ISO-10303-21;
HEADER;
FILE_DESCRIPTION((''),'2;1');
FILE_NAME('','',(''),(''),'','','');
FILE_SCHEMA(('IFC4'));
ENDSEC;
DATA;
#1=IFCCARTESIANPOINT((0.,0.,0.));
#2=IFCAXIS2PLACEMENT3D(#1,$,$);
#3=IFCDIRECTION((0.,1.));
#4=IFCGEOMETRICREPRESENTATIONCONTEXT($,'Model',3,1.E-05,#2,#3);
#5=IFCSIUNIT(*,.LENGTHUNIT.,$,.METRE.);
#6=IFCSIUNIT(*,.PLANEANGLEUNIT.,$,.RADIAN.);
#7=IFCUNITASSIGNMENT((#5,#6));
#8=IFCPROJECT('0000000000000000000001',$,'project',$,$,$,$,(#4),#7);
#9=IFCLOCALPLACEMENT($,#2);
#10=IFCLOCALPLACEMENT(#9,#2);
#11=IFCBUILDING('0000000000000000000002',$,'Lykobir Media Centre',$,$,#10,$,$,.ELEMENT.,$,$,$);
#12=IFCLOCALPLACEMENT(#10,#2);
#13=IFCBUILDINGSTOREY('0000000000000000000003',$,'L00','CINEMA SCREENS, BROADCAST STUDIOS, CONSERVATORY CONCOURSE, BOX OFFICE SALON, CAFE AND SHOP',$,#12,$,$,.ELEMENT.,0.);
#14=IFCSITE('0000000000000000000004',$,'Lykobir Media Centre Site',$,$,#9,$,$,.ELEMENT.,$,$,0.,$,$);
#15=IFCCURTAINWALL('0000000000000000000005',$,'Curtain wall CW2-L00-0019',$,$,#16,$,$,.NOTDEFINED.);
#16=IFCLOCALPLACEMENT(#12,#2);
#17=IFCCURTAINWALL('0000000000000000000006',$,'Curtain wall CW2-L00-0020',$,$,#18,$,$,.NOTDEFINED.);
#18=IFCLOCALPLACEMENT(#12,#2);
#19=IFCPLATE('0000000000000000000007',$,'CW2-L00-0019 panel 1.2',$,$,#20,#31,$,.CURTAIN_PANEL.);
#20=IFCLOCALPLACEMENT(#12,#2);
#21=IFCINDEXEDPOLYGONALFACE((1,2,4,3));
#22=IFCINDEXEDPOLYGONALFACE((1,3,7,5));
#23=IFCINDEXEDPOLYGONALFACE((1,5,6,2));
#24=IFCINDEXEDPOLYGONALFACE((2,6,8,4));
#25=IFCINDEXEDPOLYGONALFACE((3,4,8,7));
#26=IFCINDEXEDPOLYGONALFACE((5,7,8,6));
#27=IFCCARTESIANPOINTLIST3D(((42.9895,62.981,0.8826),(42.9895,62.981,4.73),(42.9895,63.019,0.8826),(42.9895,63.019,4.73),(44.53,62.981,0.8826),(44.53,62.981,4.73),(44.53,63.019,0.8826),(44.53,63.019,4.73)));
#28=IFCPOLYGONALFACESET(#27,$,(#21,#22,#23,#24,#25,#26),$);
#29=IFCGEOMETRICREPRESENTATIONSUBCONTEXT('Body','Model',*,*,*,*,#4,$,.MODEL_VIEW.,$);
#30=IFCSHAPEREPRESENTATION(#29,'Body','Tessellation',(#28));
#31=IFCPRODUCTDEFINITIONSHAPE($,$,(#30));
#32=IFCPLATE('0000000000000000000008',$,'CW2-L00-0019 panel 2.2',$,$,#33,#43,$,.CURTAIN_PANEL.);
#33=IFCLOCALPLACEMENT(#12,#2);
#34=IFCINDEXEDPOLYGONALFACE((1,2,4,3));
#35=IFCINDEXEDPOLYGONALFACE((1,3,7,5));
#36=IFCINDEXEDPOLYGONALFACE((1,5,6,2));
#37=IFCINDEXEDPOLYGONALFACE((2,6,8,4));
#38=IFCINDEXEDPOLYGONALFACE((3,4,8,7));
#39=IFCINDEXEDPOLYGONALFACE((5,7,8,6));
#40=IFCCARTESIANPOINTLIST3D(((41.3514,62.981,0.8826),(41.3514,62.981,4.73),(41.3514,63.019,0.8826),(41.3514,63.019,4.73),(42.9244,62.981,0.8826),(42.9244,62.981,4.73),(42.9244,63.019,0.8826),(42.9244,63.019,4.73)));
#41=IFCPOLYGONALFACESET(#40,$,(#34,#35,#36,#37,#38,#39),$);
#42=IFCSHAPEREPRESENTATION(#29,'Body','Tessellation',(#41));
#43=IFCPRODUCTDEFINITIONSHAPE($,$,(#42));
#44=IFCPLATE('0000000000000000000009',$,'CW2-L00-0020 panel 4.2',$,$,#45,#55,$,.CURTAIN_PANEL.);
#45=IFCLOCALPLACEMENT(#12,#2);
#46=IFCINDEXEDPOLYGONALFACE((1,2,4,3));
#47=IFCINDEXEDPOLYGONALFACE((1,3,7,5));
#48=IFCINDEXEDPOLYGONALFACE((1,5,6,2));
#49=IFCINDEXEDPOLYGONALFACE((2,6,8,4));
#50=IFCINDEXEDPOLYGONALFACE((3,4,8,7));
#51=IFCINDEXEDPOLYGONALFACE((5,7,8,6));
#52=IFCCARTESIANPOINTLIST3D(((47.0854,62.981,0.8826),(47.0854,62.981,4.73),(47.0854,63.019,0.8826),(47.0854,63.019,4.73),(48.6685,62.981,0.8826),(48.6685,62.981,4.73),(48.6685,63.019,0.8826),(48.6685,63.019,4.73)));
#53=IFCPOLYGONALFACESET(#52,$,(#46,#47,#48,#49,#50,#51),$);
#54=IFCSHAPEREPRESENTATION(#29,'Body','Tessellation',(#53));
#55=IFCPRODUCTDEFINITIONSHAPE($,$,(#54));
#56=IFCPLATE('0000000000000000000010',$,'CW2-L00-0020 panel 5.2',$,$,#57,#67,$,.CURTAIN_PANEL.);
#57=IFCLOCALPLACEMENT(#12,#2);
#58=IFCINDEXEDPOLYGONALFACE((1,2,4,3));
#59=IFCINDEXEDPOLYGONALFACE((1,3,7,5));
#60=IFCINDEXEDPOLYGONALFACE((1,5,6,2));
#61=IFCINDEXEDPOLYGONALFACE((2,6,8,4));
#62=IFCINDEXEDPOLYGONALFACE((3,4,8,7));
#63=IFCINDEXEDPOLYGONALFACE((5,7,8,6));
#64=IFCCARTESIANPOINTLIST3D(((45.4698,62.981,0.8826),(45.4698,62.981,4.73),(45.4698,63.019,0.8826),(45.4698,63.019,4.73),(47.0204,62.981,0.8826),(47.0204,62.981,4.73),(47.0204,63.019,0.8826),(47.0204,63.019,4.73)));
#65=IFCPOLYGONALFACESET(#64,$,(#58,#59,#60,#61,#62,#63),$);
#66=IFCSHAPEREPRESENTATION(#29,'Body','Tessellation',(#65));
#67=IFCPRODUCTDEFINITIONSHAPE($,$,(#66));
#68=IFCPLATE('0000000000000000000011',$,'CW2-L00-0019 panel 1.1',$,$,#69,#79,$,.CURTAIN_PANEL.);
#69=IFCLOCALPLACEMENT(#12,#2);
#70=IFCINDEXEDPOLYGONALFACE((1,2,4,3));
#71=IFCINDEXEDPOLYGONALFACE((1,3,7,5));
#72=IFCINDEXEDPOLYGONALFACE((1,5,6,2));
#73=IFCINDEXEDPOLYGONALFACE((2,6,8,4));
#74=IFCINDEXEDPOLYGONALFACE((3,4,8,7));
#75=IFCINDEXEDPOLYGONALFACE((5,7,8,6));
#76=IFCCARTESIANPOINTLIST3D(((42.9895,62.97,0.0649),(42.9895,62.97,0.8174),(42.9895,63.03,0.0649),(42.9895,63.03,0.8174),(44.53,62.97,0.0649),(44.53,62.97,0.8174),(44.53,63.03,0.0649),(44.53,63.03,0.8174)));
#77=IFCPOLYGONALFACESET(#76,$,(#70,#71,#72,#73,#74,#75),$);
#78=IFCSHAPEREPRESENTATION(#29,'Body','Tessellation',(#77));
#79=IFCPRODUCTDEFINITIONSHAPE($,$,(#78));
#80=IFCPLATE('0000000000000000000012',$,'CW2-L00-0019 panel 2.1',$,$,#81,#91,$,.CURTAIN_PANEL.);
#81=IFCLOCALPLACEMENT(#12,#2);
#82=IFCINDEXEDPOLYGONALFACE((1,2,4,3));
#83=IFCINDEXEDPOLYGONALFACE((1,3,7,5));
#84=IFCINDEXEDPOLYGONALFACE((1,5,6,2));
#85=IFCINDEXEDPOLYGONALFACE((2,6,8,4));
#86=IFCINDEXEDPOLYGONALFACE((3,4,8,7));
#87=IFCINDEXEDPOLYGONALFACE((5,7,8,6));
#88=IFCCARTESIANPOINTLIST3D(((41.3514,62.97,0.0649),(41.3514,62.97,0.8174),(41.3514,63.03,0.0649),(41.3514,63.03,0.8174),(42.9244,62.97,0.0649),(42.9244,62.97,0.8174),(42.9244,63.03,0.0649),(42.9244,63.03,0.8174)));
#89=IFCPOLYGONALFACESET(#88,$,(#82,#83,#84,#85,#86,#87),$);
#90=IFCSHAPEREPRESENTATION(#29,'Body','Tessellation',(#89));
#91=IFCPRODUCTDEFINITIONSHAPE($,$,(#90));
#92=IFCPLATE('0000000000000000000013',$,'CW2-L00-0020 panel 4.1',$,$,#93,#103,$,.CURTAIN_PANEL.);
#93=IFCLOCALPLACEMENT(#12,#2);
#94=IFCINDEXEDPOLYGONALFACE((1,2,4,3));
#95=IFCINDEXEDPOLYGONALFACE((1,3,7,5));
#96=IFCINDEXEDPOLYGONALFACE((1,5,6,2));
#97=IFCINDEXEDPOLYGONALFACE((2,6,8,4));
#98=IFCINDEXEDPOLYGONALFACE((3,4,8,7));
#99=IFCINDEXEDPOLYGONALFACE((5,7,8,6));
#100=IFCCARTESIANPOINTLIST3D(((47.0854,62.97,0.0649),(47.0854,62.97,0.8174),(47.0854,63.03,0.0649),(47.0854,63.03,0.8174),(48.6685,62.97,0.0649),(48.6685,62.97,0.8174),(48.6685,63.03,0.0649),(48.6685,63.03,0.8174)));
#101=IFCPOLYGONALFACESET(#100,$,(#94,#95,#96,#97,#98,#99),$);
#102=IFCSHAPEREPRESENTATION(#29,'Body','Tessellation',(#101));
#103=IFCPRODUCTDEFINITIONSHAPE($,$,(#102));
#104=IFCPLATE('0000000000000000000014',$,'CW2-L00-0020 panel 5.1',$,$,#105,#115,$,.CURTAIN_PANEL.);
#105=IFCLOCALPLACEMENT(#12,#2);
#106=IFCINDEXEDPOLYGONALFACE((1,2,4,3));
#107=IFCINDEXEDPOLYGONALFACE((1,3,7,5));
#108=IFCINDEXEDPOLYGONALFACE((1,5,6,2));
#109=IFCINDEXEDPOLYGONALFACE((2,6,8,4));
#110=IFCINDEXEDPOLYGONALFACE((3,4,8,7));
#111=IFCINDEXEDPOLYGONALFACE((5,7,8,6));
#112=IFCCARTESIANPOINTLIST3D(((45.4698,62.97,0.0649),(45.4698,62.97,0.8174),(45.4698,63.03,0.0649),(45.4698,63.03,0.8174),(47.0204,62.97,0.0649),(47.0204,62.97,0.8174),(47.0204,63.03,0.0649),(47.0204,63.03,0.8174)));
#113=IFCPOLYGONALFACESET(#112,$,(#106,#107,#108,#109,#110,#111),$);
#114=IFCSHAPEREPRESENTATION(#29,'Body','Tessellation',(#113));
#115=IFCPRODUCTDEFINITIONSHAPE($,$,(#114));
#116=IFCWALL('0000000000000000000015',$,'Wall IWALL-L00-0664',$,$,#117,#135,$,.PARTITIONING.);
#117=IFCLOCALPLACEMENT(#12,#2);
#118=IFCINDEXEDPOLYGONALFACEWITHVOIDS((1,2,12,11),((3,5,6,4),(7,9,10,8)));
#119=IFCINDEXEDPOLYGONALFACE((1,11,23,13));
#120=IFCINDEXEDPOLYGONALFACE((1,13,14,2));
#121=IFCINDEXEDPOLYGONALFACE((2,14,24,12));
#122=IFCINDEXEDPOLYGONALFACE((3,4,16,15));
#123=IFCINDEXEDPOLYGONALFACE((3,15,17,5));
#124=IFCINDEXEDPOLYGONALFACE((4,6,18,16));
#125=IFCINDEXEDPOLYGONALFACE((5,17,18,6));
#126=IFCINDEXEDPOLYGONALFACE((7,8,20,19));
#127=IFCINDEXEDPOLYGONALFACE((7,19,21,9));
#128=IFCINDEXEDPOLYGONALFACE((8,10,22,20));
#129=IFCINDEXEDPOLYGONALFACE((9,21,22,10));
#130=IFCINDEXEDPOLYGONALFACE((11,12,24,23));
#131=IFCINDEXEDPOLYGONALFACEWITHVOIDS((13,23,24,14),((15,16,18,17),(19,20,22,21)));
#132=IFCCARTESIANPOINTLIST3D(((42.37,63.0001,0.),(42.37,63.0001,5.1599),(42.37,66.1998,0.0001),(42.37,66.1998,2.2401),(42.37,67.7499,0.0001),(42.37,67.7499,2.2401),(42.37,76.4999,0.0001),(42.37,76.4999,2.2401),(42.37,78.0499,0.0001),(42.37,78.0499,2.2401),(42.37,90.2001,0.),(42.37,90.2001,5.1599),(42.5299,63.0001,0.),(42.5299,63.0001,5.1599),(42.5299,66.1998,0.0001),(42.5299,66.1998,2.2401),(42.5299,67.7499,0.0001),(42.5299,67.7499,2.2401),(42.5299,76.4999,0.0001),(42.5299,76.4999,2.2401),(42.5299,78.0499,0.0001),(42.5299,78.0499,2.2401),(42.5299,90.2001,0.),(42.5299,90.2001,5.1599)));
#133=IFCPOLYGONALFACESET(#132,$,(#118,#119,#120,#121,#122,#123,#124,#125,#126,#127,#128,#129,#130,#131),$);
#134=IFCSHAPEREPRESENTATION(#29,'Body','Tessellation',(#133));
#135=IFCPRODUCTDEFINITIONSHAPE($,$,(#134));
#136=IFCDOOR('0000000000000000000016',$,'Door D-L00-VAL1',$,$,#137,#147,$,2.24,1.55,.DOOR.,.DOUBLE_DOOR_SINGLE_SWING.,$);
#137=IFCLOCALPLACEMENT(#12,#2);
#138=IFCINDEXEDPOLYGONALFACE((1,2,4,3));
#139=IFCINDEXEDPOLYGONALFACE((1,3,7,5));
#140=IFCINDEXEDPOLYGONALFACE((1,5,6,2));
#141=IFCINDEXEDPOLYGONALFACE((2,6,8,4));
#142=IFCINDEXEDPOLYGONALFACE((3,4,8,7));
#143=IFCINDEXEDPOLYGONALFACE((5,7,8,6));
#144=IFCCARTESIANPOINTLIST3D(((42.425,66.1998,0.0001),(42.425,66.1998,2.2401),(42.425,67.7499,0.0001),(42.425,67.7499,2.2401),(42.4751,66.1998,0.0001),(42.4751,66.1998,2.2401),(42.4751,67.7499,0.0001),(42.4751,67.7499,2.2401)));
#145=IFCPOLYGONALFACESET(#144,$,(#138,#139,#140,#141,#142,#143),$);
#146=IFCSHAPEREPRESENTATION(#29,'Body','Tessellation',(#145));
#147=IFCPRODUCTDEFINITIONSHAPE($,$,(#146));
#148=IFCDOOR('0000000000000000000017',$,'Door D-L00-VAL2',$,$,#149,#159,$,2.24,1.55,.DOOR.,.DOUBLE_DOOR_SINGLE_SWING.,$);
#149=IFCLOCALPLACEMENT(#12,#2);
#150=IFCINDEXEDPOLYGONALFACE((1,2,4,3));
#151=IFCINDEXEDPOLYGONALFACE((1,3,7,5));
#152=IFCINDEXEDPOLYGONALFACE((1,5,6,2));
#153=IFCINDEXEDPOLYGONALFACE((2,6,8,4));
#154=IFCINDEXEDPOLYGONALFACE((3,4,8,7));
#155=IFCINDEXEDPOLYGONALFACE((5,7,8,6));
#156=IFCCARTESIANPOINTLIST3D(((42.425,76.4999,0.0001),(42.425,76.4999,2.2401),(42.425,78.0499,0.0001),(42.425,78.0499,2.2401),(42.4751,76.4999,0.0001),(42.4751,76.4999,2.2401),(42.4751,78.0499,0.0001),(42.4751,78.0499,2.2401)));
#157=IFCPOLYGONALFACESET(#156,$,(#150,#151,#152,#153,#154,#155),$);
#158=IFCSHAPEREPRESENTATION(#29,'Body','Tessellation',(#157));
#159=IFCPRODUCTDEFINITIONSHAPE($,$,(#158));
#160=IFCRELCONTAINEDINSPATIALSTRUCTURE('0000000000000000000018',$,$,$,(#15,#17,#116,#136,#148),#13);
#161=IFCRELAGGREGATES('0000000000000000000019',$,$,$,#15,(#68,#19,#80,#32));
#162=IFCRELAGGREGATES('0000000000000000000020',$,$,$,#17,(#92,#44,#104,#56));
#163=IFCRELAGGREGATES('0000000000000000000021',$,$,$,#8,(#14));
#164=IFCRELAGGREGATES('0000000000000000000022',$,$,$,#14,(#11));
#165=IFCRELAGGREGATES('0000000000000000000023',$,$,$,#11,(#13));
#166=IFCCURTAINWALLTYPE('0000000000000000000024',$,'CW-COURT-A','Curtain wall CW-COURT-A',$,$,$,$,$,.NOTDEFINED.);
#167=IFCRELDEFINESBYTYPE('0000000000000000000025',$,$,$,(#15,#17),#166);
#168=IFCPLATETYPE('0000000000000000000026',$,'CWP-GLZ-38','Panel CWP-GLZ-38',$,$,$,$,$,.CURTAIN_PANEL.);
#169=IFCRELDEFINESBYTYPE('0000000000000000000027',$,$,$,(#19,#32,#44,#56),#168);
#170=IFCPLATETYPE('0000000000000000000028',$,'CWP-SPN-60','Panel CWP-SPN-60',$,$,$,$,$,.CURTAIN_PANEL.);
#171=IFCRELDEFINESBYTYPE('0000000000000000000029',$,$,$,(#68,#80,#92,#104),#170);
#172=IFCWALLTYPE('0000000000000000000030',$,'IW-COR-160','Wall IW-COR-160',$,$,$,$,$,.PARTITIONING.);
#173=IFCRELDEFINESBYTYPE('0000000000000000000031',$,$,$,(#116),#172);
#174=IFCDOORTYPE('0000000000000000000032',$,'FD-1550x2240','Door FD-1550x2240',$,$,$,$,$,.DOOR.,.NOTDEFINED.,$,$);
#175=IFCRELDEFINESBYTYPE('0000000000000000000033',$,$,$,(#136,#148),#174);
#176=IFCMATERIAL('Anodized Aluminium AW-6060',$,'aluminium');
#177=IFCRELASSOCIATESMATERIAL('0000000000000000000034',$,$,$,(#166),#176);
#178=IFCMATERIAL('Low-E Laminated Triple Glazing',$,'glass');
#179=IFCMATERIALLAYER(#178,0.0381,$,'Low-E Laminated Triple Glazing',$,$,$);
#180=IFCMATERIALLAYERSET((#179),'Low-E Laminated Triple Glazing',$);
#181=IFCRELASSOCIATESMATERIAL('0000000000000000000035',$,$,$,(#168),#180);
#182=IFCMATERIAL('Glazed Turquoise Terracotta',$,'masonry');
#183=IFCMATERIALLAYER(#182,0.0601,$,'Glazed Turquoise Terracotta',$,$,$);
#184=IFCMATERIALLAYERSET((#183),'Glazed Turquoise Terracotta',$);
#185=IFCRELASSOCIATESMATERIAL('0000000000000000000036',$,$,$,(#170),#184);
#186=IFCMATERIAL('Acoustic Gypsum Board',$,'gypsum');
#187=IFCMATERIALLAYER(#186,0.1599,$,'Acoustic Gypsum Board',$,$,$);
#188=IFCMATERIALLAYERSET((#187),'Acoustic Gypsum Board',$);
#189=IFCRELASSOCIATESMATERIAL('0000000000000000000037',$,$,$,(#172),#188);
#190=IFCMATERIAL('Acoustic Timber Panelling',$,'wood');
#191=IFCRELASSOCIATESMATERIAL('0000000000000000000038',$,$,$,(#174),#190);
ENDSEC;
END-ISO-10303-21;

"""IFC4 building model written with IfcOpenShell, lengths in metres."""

from ifc_helpers import new_model, si_unit, direction, frame, frame_2d, origin, origin_2d, place, context, subcontext, project, spatial, rectangle, extrude, material, layer, layer_set, type_object, element, fill, aggregate, save


model = new_model("IFC4")

# Units and contexts
model_context = context("Model", 3, precision=1e-05, world=origin(), true_north=direction((0.0, 1.0)))
body_context = subcontext(model_context, "Body", "Model", "MODEL_VIEW")
ifc_project = project(units=[si_unit("LENGTHUNIT", "METRE"), si_unit("PLANEANGLEUNIT", "RADIAN")], contexts=[model_context])

# Site, building, storey
site_placement = place(None, origin())
site = spatial("IfcSite", under=ifc_project, at=site_placement, Name="Lykobir Media Centre Site", CompositionType="ELEMENT", RefElevation=0.0)
building_placement = place(site_placement, origin())
building = spatial("IfcBuilding", under=site, at=building_placement, Name="Lykobir Media Centre", CompositionType="ELEMENT")
storey_placement = place(building_placement, origin())
storey = spatial("IfcBuildingStorey", under=building, at=storey_placement, Name="L00", Description="CINEMA SCREENS, BROADCAST STUDIOS, CONSERVATORY CONCOURSE, BOX OFFICE SALON, CAFE AND SHOP", CompositionType="ELEMENT", Elevation=0.0)

# Curtain walls
ifc_material_1 = material(Name="Anodized Aluminium AW-6060", Category="aluminium")
curtain_wall_type = type_object("IfcCurtainWallType", Name="CW-COURT-A", Description="Curtain wall CW-COURT-A", PredefinedType="NOTDEFINED", material=ifc_material_1)
curtain_wall_1_placement = place(storey_placement, origin())
curtain_wall_1 = element("IfcCurtainWall", 1, at=curtain_wall_1_placement, inside=storey, type_object=curtain_wall_type, Name="Curtain wall CW2-L00-0019", PredefinedType="NOTDEFINED")
curtain_wall_2_placement = place(storey_placement, origin())
curtain_wall_2 = element("IfcCurtainWall", 2, at=curtain_wall_2_placement, inside=storey, type_object=curtain_wall_type, Name="Curtain wall CW2-L00-0020", PredefinedType="NOTDEFINED")

# Plates
ifc_material_2 = material(Name="Low-E Laminated Triple Glazing", Category="glass")
ifc_layer_1 = layer(ifc_material_2, 0.0381, Name="Low-E Laminated Triple Glazing")
ifc_layer_set_1 = layer_set([ifc_layer_1], Name="Low-E Laminated Triple Glazing")
plate_type_1 = type_object("IfcPlateType", Name="CWP-GLZ-38", Description="Panel CWP-GLZ-38", PredefinedType="CURTAIN_PANEL", material=ifc_layer_set_1)
plate_1_placement = place(storey_placement, frame((43.7598, 63.0, 0.8826), z_axis=(0.0, 0.0, 1.0), x_axis=(-1.0, 0.0, 0.0)))
plate_1 = element("IfcPlate", 3, at=plate_1_placement, type_object=plate_type_1, Name="CW2-L00-0019 panel 1.2", PredefinedType="CURTAIN_PANEL", context=body_context, shape_type="SweptSolid", body=[
    extrude(rectangle(XDim=1.5405, YDim=0.0381, at=origin_2d()), origin(), (0.0, 0.0, 1.0), 3.8474),
])
plate_2_placement = place(storey_placement, frame((42.1379, 63.0, 0.8826), z_axis=(0.0, 0.0, 1.0), x_axis=(-1.0, 0.0, 0.0)))
plate_2 = element("IfcPlate", 4, at=plate_2_placement, type_object=plate_type_1, Name="CW2-L00-0019 panel 2.2", PredefinedType="CURTAIN_PANEL", context=body_context, shape_type="SweptSolid", body=[
    extrude(rectangle(XDim=1.573, YDim=0.0381, at=origin_2d()), origin(), (0.0, 0.0, 1.0), 3.8474),
])
plate_3_placement = place(storey_placement, frame((47.877, 63.0, 0.8826), z_axis=(0.0, 0.0, 1.0), x_axis=(-1.0, 0.0, 0.0)))
plate_3 = element("IfcPlate", 5, at=plate_3_placement, type_object=plate_type_1, Name="CW2-L00-0020 panel 4.2", PredefinedType="CURTAIN_PANEL", context=body_context, shape_type="SweptSolid", body=[
    extrude(rectangle(XDim=1.583, YDim=0.0381, at=origin_2d()), origin(), (0.0, 0.0, 1.0), 3.8474),
])
plate_4_placement = place(storey_placement, frame((46.2451, 63.0, 0.8826), z_axis=(0.0, 0.0, 1.0), x_axis=(-1.0, 0.0, 0.0)))
plate_4 = element("IfcPlate", 6, at=plate_4_placement, type_object=plate_type_1, Name="CW2-L00-0020 panel 5.2", PredefinedType="CURTAIN_PANEL", context=body_context, shape_type="SweptSolid", body=[
    extrude(rectangle(XDim=1.5505, YDim=0.0381, at=origin_2d()), origin(), (0.0, 0.0, 1.0), 3.8474),
])
ifc_material_3 = material(Name="Glazed Turquoise Terracotta", Category="masonry")
ifc_layer_2 = layer(ifc_material_3, 0.0601, Name="Glazed Turquoise Terracotta")
ifc_layer_set_2 = layer_set([ifc_layer_2], Name="Glazed Turquoise Terracotta")
plate_type_2 = type_object("IfcPlateType", Name="CWP-SPN-60", Description="Panel CWP-SPN-60", PredefinedType="CURTAIN_PANEL", material=ifc_layer_set_2)
plate_5_placement = place(storey_placement, frame((43.7598, 63.0, 0.0649), z_axis=(0.0, 0.0, 1.0), x_axis=(-1.0, 0.0, 0.0)))
plate_5 = element("IfcPlate", 7, at=plate_5_placement, type_object=plate_type_2, Name="CW2-L00-0019 panel 1.1", PredefinedType="CURTAIN_PANEL", context=body_context, shape_type="SweptSolid", body=[
    extrude(rectangle(XDim=1.5405, YDim=0.0601, at=origin_2d()), origin(), (0.0, 0.0, 1.0), 0.7524),
])
plate_6_placement = place(storey_placement, frame((42.1379, 63.0, 0.0649), z_axis=(0.0, 0.0, 1.0), x_axis=(-1.0, 0.0, 0.0)))
plate_6 = element("IfcPlate", 8, at=plate_6_placement, type_object=plate_type_2, Name="CW2-L00-0019 panel 2.1", PredefinedType="CURTAIN_PANEL", context=body_context, shape_type="SweptSolid", body=[
    extrude(rectangle(XDim=1.573, YDim=0.0601, at=origin_2d()), origin(), (0.0, 0.0, 1.0), 0.7524),
])
aggregate(curtain_wall_1, [plate_5, plate_1, plate_6, plate_2])
plate_7_placement = place(storey_placement, frame((47.877, 63.0, 0.0649), z_axis=(0.0, 0.0, 1.0), x_axis=(-1.0, 0.0, 0.0)))
plate_7 = element("IfcPlate", 9, at=plate_7_placement, type_object=plate_type_2, Name="CW2-L00-0020 panel 4.1", PredefinedType="CURTAIN_PANEL", context=body_context, shape_type="SweptSolid", body=[
    extrude(rectangle(XDim=1.583, YDim=0.0601, at=origin_2d()), origin(), (0.0, 0.0, 1.0), 0.7524),
])
plate_8_placement = place(storey_placement, frame((46.2451, 63.0, 0.0649), z_axis=(0.0, 0.0, 1.0), x_axis=(-1.0, 0.0, 0.0)))
plate_8 = element("IfcPlate", 10, at=plate_8_placement, type_object=plate_type_2, Name="CW2-L00-0020 panel 5.1", PredefinedType="CURTAIN_PANEL", context=body_context, shape_type="SweptSolid", body=[
    extrude(rectangle(XDim=1.5505, YDim=0.0601, at=origin_2d()), origin(), (0.0, 0.0, 1.0), 0.7524),
])
aggregate(curtain_wall_2, [plate_7, plate_3, plate_8, plate_4])

# Wall, openings, doors
ifc_material_4 = material(Name="Acoustic Gypsum Board", Category="gypsum")
ifc_layer_3 = layer(ifc_material_4, 0.1599, Name="Acoustic Gypsum Board")
ifc_layer_set_3 = layer_set([ifc_layer_3], Name="Acoustic Gypsum Board")
wall_type = type_object("IfcWallType", Name="IW-COR-160", Description="Wall IW-COR-160", PredefinedType="PARTITIONING", material=ifc_layer_set_3)
wall_placement = place(storey_placement, frame((42.45, 63.0, 0.0), z_axis=(0.0, 0.0, 1.0), x_axis=(0.0, 1.0, 0.0)))
wall = element("IfcWall", 11, at=wall_placement, inside=storey, type_object=wall_type, Name="Wall IWALL-L00-0664", PredefinedType="PARTITIONING", context=body_context, shape_type="SweptSolid", body=[
    extrude(rectangle(XDim=27.2, YDim=0.1599, at=frame_2d((13.6001, 0.0))), origin(), (0.0, 0.0, 1.0), 5.1599),
])
opening_1_placement = place(wall_placement, frame((3.2, 0.0, 0.0)))
opening_1 = element("IfcOpeningElement", 12, at=opening_1_placement, cuts=wall, PredefinedType="OPENING", context=body_context, shape_type="SweptSolid", body=[
    extrude(rectangle(XDim=1.55, YDim=2.24, at=frame_2d((0.7749, 1.1201))), frame((0.0, 0.0898, 0.0), z_axis=(0.0, -1.0, 0.0), x_axis=(1.0, 0.0, 0.0)), (0.0, 0.0, 1.0), 0.1799),
])
opening_2_placement = place(wall_placement, frame((13.5, 0.0, 0.0)))
opening_2 = element("IfcOpeningElement", 13, at=opening_2_placement, cuts=wall, PredefinedType="OPENING", context=body_context, shape_type="SweptSolid", body=[
    extrude(rectangle(XDim=1.55, YDim=2.24, at=frame_2d((0.7749, 1.1201))), frame((0.0, 0.0898, 0.0), z_axis=(0.0, -1.0, 0.0), x_axis=(1.0, 0.0, 0.0)), (0.0, 0.0, 1.0), 0.1799),
])
ifc_material_5 = material(Name="Acoustic Timber Panelling", Category="wood")
door_type = type_object("IfcDoorType", Name="FD-1550x2240", Description="Door FD-1550x2240", OperationType="NOTDEFINED", PredefinedType="DOOR", material=ifc_material_5)
door_1_placement = place(opening_1_placement, origin())
door_1 = element("IfcDoor", 14, at=door_1_placement, inside=storey, type_object=door_type, Name="Door D-L00-VAL1", OperationType="DOUBLE_DOOR_SINGLE_SWING", OverallHeight=2.24, OverallWidth=1.55, PredefinedType="DOOR", context=body_context, shape_type="SweptSolid", body=[
    extrude(rectangle(XDim=1.55, YDim=2.24, at=frame_2d((0.7749, 1.1201))), frame((0.0, 0.0249, 0.0), z_axis=(0.0, -1.0, 0.0), x_axis=(1.0, 0.0, 0.0)), (0.0, 0.0, 1.0), 0.05),
])
fill(opening_1, door_1)
door_2_placement = place(opening_2_placement, origin())
door_2 = element("IfcDoor", 15, at=door_2_placement, inside=storey, type_object=door_type, Name="Door D-L00-VAL2", OperationType="DOUBLE_DOOR_SINGLE_SWING", OverallHeight=2.24, OverallWidth=1.55, PredefinedType="DOOR", context=body_context, shape_type="SweptSolid", body=[
    extrude(rectangle(XDim=1.55, YDim=2.24, at=frame_2d((0.7749, 1.1201))), frame((0.0, 0.0249, 0.0), z_axis=(0.0, -1.0, 0.0), x_axis=(1.0, 0.0, 0.0)), (0.0, 0.0, 1.0), 0.05),
])
fill(opening_2, door_2)

save(model, "model.ifc")
